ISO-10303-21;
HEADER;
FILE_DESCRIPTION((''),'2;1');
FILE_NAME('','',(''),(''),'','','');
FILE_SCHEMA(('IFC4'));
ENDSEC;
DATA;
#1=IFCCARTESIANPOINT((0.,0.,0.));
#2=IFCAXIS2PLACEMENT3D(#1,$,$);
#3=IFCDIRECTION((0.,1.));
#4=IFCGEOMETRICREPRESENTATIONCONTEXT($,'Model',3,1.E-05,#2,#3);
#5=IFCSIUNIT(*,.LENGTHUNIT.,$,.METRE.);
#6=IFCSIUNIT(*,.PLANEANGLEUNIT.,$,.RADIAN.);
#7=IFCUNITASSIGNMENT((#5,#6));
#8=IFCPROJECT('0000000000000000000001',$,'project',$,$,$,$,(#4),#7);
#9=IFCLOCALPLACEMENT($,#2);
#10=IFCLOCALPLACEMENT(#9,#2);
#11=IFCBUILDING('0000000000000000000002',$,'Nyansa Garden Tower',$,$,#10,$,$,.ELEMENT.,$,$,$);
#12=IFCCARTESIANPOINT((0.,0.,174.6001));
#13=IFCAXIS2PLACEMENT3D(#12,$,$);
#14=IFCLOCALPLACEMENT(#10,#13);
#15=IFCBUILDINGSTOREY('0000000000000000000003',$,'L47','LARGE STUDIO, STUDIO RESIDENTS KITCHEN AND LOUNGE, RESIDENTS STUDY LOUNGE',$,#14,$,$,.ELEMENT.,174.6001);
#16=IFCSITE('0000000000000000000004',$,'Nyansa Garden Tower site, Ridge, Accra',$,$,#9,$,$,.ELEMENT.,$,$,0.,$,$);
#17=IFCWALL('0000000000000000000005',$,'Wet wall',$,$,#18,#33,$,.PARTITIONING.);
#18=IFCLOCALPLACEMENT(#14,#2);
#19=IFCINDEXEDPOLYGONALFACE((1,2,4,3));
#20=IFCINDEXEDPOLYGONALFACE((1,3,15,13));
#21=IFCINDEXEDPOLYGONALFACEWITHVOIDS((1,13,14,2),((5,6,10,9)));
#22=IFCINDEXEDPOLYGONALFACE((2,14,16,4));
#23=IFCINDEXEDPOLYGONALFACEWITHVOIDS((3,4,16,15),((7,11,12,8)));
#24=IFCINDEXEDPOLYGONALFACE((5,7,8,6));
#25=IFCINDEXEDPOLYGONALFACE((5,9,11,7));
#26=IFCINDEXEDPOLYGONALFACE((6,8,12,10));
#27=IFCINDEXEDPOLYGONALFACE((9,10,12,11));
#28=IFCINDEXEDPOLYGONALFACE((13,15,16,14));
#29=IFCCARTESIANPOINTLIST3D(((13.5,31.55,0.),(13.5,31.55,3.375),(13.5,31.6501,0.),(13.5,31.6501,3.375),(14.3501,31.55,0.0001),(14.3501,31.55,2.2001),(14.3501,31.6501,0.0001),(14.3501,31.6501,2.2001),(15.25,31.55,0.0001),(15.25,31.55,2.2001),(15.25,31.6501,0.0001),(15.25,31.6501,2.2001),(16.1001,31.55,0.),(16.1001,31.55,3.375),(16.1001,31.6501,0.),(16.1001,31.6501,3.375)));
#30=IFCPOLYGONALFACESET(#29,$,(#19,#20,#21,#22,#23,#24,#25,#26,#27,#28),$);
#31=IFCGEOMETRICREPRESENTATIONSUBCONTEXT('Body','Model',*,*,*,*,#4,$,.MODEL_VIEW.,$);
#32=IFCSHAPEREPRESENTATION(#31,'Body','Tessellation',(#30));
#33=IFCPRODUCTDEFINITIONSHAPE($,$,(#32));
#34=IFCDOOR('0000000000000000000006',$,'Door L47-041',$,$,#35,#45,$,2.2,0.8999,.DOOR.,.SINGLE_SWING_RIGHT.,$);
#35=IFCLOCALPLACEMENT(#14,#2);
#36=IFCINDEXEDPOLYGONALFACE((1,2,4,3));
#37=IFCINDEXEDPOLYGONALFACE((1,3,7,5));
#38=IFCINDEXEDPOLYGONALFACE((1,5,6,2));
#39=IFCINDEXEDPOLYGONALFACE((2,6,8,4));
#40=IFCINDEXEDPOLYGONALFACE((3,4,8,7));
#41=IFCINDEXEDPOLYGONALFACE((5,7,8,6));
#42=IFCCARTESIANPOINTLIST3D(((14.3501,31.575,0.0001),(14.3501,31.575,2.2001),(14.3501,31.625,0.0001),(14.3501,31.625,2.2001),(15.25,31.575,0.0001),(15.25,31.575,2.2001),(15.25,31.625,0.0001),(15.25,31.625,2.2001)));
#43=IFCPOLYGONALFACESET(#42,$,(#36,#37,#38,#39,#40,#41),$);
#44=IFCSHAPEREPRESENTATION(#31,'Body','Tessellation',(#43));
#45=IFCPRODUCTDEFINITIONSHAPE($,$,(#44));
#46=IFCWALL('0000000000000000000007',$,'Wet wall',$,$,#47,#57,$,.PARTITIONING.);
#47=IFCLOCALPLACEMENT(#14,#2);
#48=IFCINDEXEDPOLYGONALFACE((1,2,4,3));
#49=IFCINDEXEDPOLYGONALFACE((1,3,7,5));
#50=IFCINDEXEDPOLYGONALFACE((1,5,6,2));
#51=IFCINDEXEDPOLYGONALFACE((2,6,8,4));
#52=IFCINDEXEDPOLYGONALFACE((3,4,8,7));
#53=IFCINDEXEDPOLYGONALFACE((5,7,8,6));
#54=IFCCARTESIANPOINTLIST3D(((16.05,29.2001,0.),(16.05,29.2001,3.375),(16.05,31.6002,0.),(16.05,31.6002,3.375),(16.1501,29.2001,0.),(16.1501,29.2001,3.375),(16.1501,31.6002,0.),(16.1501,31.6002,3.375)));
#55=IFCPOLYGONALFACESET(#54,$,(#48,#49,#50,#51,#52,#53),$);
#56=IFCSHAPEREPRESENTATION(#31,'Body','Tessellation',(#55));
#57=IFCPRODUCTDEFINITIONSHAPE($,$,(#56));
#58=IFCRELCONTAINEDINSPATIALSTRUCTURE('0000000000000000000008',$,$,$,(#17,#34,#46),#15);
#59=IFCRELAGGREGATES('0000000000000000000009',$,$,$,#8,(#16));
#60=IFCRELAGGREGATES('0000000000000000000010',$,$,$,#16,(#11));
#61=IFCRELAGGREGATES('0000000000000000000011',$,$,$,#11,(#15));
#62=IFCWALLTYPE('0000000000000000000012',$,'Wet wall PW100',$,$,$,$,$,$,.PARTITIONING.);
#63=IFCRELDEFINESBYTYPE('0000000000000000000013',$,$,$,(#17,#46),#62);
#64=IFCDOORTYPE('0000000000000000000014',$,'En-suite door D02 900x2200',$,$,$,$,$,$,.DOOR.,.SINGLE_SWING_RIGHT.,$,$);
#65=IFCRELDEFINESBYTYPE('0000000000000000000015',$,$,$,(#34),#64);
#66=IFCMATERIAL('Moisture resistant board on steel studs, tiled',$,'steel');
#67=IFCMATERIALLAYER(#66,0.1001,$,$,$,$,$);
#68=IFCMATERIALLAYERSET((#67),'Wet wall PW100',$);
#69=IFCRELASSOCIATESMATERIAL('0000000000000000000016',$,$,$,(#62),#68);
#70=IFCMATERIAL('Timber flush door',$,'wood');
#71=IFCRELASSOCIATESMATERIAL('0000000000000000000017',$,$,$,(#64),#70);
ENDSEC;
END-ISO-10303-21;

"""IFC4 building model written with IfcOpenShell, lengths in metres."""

from ifc_helpers import new_model, si_unit, direction, frame, frame_2d, origin, place, context, subcontext, project, spatial, rectangle, extrude, material, layer, layer_set, type_object, element, fill, save


model = new_model("IFC4")

# Units and contexts
model_context = context("Model", 3, precision=1e-05, world=origin(), true_north=direction((0.0, 1.0)))
body_context = subcontext(model_context, "Body", "Model", "MODEL_VIEW")
ifc_project = project(units=[si_unit("LENGTHUNIT", "METRE"), si_unit("PLANEANGLEUNIT", "RADIAN")], contexts=[model_context])

# Site, building, storey
site_placement = place(None, origin())
site = spatial("IfcSite", under=ifc_project, at=site_placement, Name="Nyansa Garden Tower site, Ridge, Accra", CompositionType="ELEMENT", RefElevation=0.0)
building_placement = place(site_placement, origin())
building = spatial("IfcBuilding", under=site, at=building_placement, Name="Nyansa Garden Tower", CompositionType="ELEMENT")
storey_placement = place(building_placement, frame((0.0, 0.0, 174.6001)))
storey = spatial("IfcBuildingStorey", under=building, at=storey_placement, Name="L47", Description="LARGE STUDIO, STUDIO RESIDENTS KITCHEN AND LOUNGE, RESIDENTS STUDY LOUNGE", CompositionType="ELEMENT", Elevation=174.6001)

# Shared definitions
ifc_material_1 = material(Name="Moisture resistant board on steel studs, tiled", Category="steel")
ifc_layer_1 = layer(ifc_material_1, 0.1001)
ifc_layer_set_1 = layer_set([ifc_layer_1], Name="Wet wall PW100")
wall_type_1 = type_object("IfcWallType", Name="Wet wall PW100", PredefinedType="PARTITIONING", material=ifc_layer_set_1)

# Wall, opening, door
ifc_material_2 = material(Name="Timber flush door", Category="wood")
door_type_1 = type_object("IfcDoorType", Name="En-suite door D02 900x2200", OperationType="SINGLE_SWING_RIGHT", PredefinedType="DOOR", material=ifc_material_2)
wall_1_placement = place(storey_placement, frame((13.5, 31.6001, 0.0), z_axis=(0.0, 0.0, 1.0), x_axis=(1.0, 0.0, 0.0)))
wall_1 = element("IfcWall", 1, at=wall_1_placement, inside=storey, type_object=wall_type_1, Name="Wet wall", PredefinedType="PARTITIONING", context=body_context, shape_type="SweptSolid", body=[
    extrude(rectangle(XDim=2.6001, YDim=0.1001, at=frame_2d((1.3, 0.0))), origin(), (0.0, 0.0, 1.0), 3.375),
])
opening_1_placement = place(wall_1_placement, frame((0.8501, 0.0, 0.0)))
opening_1 = element("IfcOpeningElement", 2, at=opening_1_placement, cuts=wall_1, PredefinedType="OPENING", context=body_context, shape_type="SweptSolid", body=[
    extrude(rectangle(XDim=0.8999, YDim=2.2, at=frame_2d((0.45, 1.1001))), frame((0.0, 0.0601, 0.0), z_axis=(0.0, -1.0, 0.0), x_axis=(1.0, 0.0, 0.0)), (0.0, 0.0, 1.0), 0.1201),
])
door_1_placement = place(opening_1_placement, origin())
door_1 = element("IfcDoor", 3, at=door_1_placement, inside=storey, type_object=door_type_1, Name="Door L47-041", OperationType="SINGLE_SWING_RIGHT", OverallHeight=2.2, OverallWidth=0.8999, PredefinedType="DOOR", context=body_context, shape_type="SweptSolid", body=[
    extrude(rectangle(XDim=0.8999, YDim=2.2, at=frame_2d((0.45, 1.1001))), frame((0.0, 0.0249, 0.0), z_axis=(0.0, -1.0, 0.0), x_axis=(1.0, 0.0, 0.0)), (0.0, 0.0, 1.0), 0.05),
])
fill(opening_1, door_1)

# Wall
wall_2_placement = place(storey_placement, frame((16.1001, 29.2, 0.0), z_axis=(0.0, 0.0, 1.0), x_axis=(0.0, 1.0, 0.0)))
element("IfcWall", 4, at=wall_2_placement, inside=storey, type_object=wall_type_1, Name="Wet wall", PredefinedType="PARTITIONING", context=body_context, shape_type="SweptSolid", body=[
    extrude(rectangle(XDim=2.4001, YDim=0.1001, at=frame_2d((1.2002, 0.0))), origin(), (0.0, 0.0, 1.0), 3.375),
])

save(model, "model.ifc")
